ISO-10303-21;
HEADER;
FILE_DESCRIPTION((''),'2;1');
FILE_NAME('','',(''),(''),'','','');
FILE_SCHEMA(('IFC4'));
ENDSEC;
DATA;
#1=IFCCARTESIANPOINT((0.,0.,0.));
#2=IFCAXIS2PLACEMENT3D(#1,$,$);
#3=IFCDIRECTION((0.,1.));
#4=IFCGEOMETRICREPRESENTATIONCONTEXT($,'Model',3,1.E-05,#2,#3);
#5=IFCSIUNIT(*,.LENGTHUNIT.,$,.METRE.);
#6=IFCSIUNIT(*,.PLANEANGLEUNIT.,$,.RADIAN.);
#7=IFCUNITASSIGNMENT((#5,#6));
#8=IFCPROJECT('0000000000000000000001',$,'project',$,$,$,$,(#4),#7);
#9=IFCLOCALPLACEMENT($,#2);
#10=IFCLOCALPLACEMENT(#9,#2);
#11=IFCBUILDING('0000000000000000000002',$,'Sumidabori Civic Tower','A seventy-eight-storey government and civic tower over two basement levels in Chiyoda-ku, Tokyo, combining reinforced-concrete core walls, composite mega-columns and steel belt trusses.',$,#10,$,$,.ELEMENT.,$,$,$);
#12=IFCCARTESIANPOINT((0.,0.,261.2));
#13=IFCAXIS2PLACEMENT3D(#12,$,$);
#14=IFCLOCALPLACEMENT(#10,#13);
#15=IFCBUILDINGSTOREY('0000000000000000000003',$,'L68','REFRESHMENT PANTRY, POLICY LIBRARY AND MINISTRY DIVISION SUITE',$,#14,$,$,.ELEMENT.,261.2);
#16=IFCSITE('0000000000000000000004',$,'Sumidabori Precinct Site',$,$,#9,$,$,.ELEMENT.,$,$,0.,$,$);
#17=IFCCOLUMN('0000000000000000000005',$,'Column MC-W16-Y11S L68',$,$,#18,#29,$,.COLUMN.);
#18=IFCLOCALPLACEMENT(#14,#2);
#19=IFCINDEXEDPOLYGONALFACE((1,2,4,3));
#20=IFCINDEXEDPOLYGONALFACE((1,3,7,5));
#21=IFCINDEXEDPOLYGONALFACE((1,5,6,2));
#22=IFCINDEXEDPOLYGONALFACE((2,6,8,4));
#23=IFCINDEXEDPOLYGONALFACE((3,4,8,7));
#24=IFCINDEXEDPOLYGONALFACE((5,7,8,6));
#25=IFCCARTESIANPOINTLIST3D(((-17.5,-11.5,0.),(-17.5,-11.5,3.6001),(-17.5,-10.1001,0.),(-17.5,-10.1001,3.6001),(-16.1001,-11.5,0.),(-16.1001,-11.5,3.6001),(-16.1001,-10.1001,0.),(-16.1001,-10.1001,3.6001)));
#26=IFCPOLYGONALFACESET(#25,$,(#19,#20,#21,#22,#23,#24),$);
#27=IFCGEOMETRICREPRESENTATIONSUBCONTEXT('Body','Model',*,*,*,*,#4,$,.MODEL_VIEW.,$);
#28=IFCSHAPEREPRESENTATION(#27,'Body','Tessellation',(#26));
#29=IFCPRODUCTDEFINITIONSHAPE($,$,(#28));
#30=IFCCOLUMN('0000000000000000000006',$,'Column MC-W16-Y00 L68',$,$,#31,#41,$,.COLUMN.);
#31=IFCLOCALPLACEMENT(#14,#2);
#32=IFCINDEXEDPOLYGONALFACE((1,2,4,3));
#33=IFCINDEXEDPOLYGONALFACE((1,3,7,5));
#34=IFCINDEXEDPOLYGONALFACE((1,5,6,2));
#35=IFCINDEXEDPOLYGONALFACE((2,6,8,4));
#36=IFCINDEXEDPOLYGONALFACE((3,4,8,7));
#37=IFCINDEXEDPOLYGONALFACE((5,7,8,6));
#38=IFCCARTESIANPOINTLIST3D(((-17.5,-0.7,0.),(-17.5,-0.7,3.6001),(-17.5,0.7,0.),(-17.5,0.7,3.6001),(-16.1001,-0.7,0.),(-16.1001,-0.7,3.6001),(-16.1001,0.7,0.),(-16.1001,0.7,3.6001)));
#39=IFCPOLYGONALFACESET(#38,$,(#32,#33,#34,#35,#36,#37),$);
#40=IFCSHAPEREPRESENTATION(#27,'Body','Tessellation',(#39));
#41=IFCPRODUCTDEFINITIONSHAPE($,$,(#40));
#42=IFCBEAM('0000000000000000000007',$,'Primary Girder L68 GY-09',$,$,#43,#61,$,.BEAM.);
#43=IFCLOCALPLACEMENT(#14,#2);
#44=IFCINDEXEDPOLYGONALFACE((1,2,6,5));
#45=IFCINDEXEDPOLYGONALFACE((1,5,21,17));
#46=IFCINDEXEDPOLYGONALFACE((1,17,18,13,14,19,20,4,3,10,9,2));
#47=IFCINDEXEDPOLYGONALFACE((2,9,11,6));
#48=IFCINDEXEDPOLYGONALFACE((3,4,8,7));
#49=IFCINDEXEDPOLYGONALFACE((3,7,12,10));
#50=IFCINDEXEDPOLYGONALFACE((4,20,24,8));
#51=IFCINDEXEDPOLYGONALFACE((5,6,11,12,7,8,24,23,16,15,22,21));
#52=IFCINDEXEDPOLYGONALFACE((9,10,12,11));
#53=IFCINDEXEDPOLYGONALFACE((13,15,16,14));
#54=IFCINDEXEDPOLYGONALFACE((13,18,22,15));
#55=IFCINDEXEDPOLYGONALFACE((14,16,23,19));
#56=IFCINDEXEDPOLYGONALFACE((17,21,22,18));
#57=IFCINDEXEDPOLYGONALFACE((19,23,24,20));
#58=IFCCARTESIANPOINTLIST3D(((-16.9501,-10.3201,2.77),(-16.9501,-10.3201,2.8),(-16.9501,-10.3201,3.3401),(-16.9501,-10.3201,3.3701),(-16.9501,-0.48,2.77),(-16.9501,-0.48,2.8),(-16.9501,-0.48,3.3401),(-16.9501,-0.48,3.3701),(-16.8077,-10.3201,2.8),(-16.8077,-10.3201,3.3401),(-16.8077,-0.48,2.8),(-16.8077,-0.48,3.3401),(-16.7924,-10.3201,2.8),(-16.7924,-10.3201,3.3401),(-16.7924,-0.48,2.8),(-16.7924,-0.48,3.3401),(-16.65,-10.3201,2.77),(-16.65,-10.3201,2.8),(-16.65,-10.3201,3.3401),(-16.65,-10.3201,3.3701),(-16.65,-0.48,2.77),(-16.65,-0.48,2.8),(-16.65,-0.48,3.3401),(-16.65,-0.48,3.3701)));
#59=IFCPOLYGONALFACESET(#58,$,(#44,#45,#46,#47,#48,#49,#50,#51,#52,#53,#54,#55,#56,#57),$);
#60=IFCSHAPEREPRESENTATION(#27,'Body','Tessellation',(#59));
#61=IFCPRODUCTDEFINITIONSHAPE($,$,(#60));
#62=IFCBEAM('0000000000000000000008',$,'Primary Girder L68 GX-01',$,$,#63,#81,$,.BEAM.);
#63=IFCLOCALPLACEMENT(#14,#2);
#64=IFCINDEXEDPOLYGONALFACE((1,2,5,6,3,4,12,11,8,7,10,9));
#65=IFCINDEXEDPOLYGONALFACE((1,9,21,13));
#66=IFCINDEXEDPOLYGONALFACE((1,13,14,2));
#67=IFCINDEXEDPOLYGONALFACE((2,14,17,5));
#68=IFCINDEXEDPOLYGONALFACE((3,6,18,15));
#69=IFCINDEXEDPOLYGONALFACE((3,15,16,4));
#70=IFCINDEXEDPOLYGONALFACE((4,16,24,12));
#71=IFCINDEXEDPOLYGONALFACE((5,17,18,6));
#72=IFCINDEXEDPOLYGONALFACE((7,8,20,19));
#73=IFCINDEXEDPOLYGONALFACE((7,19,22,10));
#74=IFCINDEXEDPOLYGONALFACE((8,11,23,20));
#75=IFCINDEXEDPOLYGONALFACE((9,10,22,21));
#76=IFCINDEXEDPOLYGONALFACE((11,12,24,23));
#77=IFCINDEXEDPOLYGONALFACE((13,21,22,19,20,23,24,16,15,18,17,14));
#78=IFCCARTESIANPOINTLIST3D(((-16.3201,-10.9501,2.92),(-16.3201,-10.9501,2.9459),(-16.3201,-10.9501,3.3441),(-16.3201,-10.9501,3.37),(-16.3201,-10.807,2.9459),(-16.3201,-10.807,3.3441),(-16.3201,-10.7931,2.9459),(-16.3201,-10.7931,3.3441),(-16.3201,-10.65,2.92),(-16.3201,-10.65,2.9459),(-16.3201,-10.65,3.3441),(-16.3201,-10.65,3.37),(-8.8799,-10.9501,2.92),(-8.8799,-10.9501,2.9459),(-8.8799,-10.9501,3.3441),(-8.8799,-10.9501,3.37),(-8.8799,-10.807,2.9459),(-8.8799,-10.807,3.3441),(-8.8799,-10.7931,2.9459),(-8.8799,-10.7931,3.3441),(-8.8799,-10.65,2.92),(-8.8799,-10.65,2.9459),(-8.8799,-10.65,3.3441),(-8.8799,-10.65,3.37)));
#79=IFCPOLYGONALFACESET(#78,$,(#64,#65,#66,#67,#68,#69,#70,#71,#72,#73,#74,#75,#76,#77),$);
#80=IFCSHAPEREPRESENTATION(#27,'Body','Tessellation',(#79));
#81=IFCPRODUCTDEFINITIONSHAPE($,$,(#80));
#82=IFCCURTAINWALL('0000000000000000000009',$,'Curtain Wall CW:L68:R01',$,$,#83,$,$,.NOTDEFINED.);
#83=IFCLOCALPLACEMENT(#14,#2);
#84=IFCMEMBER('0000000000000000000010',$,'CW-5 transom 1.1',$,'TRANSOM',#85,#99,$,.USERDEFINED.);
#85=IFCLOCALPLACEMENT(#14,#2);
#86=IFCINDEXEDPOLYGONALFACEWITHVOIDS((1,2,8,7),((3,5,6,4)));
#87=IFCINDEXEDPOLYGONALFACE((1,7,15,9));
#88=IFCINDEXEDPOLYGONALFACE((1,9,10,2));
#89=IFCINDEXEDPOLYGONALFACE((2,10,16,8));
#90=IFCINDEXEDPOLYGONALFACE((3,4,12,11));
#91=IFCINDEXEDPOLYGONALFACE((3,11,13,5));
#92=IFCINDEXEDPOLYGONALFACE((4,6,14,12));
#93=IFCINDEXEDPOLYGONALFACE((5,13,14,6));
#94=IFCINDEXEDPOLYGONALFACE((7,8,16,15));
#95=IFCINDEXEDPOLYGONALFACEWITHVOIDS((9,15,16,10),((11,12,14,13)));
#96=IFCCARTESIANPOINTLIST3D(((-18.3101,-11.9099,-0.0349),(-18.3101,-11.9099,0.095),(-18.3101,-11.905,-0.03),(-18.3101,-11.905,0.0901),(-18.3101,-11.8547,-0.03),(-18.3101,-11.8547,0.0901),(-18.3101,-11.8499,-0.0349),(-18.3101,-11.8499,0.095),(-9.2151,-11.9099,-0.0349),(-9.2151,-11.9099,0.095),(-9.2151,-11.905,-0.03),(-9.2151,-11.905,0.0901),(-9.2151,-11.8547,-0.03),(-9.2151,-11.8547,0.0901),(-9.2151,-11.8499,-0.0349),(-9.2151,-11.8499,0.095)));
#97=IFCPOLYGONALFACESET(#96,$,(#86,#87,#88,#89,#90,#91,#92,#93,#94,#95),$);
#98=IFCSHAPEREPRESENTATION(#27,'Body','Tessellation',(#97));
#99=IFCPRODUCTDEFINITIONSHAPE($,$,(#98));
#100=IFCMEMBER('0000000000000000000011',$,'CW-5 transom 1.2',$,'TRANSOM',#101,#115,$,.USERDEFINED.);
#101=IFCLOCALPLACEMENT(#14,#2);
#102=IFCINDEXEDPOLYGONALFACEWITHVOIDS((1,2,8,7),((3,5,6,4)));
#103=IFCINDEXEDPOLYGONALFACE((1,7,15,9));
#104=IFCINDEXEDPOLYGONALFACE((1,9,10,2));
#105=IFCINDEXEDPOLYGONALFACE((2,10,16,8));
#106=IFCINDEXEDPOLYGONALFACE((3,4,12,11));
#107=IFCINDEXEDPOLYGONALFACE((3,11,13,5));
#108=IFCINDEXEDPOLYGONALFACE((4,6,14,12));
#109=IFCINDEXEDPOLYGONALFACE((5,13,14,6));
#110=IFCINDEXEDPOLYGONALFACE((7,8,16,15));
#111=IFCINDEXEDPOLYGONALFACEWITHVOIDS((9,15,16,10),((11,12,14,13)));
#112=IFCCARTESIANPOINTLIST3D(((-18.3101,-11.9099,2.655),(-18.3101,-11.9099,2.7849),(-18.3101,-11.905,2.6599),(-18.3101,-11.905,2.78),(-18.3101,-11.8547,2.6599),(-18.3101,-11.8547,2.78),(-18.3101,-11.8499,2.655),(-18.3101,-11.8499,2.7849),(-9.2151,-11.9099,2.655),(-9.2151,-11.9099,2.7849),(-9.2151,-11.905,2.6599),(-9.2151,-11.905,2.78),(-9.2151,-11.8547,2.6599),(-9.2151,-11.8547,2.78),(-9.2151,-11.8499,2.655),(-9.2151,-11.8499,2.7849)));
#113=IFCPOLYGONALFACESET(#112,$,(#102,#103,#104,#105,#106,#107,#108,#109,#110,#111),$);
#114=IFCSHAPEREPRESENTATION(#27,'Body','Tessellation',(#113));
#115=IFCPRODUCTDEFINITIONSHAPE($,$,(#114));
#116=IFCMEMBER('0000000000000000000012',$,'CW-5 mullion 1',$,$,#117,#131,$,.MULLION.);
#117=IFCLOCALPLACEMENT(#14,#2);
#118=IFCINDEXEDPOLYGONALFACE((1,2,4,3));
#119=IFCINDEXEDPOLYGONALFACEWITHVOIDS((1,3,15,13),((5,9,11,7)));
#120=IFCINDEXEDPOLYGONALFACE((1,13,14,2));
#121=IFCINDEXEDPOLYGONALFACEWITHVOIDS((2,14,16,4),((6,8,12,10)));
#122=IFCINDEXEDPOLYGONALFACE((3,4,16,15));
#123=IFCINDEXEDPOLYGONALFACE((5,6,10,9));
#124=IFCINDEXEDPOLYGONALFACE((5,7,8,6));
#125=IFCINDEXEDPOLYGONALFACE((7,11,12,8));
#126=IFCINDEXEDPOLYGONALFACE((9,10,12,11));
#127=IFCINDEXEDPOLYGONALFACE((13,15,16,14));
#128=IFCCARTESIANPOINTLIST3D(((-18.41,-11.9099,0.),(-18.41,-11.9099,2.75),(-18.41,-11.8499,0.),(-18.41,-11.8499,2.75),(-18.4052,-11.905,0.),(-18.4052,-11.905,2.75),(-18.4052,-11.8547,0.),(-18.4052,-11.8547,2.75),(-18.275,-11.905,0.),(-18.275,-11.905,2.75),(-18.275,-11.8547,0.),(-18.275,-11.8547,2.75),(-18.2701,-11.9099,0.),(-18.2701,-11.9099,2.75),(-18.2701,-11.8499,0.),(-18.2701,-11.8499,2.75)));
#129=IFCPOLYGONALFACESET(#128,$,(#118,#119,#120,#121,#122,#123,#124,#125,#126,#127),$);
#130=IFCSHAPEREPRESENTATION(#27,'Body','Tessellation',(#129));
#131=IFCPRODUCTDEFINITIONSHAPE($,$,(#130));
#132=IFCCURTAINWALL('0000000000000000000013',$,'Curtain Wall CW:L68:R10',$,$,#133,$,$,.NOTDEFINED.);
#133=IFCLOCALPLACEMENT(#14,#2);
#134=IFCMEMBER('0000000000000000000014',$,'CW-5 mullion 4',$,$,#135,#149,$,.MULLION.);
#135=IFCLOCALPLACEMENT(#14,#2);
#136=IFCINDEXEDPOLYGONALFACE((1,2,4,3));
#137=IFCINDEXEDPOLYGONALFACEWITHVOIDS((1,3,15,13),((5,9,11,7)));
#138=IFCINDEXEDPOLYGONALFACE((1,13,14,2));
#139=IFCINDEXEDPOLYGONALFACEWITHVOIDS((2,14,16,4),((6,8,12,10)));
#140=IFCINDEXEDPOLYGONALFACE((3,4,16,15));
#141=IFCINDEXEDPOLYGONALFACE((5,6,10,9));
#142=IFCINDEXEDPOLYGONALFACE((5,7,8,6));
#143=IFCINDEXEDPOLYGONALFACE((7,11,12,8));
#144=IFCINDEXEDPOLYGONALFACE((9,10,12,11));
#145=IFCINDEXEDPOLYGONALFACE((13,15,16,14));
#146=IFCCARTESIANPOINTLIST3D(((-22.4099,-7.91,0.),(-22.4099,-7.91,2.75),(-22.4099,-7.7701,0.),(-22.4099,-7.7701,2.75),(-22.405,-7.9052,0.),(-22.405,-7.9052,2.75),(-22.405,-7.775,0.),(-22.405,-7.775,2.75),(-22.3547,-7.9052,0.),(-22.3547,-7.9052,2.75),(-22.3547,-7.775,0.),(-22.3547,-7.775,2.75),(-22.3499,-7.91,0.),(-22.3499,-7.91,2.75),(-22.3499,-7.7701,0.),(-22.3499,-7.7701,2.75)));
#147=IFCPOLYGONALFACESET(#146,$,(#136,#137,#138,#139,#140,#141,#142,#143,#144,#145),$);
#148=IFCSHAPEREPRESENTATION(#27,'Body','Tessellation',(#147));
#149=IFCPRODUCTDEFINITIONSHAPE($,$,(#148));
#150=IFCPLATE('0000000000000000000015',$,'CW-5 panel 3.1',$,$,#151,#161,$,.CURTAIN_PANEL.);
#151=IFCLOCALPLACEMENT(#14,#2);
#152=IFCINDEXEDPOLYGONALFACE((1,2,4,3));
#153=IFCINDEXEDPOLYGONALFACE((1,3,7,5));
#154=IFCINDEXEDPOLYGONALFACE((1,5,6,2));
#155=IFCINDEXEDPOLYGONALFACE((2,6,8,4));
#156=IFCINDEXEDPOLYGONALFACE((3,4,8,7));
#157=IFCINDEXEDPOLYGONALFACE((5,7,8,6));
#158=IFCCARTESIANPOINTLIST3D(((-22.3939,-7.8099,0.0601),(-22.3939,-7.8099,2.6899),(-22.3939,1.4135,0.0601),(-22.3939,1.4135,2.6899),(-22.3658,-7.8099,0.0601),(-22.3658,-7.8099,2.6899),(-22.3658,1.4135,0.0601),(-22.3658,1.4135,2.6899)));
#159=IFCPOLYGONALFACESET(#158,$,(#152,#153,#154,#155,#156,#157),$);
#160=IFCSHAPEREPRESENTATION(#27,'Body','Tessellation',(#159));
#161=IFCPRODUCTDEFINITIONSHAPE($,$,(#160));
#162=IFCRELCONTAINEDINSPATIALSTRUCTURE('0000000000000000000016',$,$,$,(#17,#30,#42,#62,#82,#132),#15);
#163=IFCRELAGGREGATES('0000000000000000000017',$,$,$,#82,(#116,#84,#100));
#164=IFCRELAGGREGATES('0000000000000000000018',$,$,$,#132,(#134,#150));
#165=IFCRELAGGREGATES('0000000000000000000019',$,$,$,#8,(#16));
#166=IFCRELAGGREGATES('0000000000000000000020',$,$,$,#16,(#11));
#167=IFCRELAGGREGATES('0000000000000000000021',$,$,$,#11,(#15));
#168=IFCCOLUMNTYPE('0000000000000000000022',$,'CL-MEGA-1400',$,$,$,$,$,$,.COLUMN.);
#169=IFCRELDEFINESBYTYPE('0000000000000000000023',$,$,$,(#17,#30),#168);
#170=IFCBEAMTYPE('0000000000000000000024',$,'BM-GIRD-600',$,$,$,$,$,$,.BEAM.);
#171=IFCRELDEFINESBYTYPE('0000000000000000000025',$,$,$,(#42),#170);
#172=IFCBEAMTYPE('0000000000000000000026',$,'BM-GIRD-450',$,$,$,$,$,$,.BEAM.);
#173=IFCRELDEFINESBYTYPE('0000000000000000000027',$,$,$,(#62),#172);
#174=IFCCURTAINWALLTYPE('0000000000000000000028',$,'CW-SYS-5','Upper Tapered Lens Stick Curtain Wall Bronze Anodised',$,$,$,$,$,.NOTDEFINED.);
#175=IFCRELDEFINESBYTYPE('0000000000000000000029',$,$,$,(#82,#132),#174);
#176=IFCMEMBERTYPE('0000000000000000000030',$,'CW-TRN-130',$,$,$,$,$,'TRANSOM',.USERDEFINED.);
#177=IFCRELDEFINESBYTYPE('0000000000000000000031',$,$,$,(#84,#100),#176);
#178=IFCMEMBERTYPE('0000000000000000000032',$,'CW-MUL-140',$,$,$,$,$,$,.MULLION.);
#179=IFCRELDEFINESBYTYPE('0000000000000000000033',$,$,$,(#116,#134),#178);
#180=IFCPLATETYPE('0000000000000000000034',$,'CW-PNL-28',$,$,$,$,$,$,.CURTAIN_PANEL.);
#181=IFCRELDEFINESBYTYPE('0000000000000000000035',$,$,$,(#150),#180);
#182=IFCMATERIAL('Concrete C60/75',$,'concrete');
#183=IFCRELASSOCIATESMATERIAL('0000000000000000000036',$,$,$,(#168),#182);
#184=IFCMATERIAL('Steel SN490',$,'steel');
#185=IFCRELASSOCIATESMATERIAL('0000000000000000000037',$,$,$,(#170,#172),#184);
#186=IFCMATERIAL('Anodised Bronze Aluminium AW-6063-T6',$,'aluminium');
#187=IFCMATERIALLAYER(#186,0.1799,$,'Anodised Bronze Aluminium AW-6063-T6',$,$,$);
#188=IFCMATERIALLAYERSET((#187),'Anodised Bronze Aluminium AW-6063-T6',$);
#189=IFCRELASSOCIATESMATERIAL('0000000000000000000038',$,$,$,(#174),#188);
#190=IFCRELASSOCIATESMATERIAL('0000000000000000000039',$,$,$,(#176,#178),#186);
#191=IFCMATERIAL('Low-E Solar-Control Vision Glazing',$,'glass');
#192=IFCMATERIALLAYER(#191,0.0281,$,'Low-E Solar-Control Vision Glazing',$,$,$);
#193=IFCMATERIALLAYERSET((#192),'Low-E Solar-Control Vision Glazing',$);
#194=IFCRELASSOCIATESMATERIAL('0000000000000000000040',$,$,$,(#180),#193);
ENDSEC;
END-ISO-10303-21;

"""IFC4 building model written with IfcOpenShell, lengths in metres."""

from ifc_helpers import new_model, si_unit, direction, frame, origin, origin_2d, place, context, subcontext, project, spatial, rectangle, hollow_rectangle, i_section, extrude, source, transform, mapped, material, layer, layer_set, material_profile, profile_set, type_object, element, aggregate, save


model = new_model("IFC4")

# Units and contexts
model_context = context("Model", 3, precision=1e-05, world=origin(), true_north=direction((0.0, 1.0)))
body_context = subcontext(model_context, "Body", "Model", "MODEL_VIEW")
ifc_project = project(units=[si_unit("LENGTHUNIT", "METRE"), si_unit("PLANEANGLEUNIT", "RADIAN")], contexts=[model_context])

# Site, building, storey
site_placement = place(None, origin())
site = spatial("IfcSite", under=ifc_project, at=site_placement, Name="Sumidabori Precinct Site", CompositionType="ELEMENT", RefElevation=0.0)
building_placement = place(site_placement, origin())
building = spatial("IfcBuilding", under=site, at=building_placement, Name="Sumidabori Civic Tower", Description="A seventy-eight-storey government and civic tower over two basement levels in Chiyoda-ku, Tokyo, combining reinforced-concrete core walls, composite mega-columns and steel belt trusses.", CompositionType="ELEMENT")
storey_placement = place(building_placement, frame((0.0, 0.0, 261.2)))
storey = spatial("IfcBuildingStorey", under=building, at=storey_placement, Name="L68", Description="REFRESHMENT PANTRY, POLICY LIBRARY AND MINISTRY DIVISION SUITE", CompositionType="ELEMENT", Elevation=261.2)

# Columns
ifc_material_1 = material(Name="Concrete C60/75", Category="concrete")
ifc_material_profile_1 = material_profile(ifc_material_1, rectangle(XDim=1.3999, YDim=1.3999, at=origin_2d()), Name="RC 1400x1400")
ifc_profile_set_1 = profile_set([ifc_material_profile_1], Name="Concrete C60/75")
column_type = type_object("IfcColumnType", Name="CL-MEGA-1400", PredefinedType="COLUMN", material=ifc_profile_set_1)
shared_shape_1 = source(origin(), body_context, "Body", "SweptSolid", [
    extrude(rectangle(XDim=1.3999, YDim=1.3999, at=origin_2d()), origin(), (0.0, 0.0, 1.0), 3.6001),
])
for number, where, z_axis, x_axis, name in (
    (1, (-16.8, -10.8, 0.0), (0.0, 0.0, 1.0), (1.0, 0.0, 0.0), "Column MC-W16-Y11S L68"),
    (2, (-16.8, 0.0, 0.0), (0.0, 0.0, 1.0), (1.0, 0.0, 0.0), "Column MC-W16-Y00 L68"),
):
    element("IfcColumn", number, at=place(storey_placement, frame(where, z_axis=z_axis, x_axis=x_axis)), inside=storey, type_object=column_type, Name=name, PredefinedType="COLUMN", context=body_context, shape_type="MappedRepresentation", body=[
        mapped(shared_shape_1, transform((0.0, 0.0, 0.0), x_axis=(1.0, 0.0, 0.0), y_axis=(0.0, 1.0, 0.0), z_axis=(0.0, 0.0, 1.0), scale=1.0)),
    ])

# Beams
ifc_material_2 = material(Name="Steel SN490", Category="steel")
ifc_material_profile_2 = material_profile(ifc_material_2, i_section(OverallWidth=0.3, OverallDepth=0.6001, WebThickness=0.0154, FlangeThickness=0.03, at=origin_2d()), Name="HE 600 B")
ifc_profile_set_2 = profile_set([ifc_material_profile_2], Name="Steel SN490")
beam_type_1 = type_object("IfcBeamType", Name="BM-GIRD-600", PredefinedType="BEAM", material=ifc_profile_set_2)
shared_shape_2 = source(origin(), body_context, "Body", "SweptSolid", [
    extrude(i_section(OverallWidth=0.3, OverallDepth=0.6001, WebThickness=0.0154, FlangeThickness=0.03, at=origin_2d()), origin(), (0.0, 0.0, 1.0), 9.8401),
])
beam_1_placement = place(storey_placement, frame((-16.8, -10.3201, 3.0701), z_axis=(0.0, 1.0, 0.0), x_axis=(-1.0, 0.0, 0.0)))
element("IfcBeam", 3, at=beam_1_placement, inside=storey, type_object=beam_type_1, Name="Primary Girder L68 GY-09", PredefinedType="BEAM", context=body_context, shape_type="MappedRepresentation", body=[
    mapped(shared_shape_2, transform((0.0, 0.0, 0.0), x_axis=(1.0, 0.0, 0.0), y_axis=(0.0, 1.0, 0.0), z_axis=(0.0, 0.0, 1.0), scale=1.0)),
])
ifc_material_profile_3 = material_profile(ifc_material_2, i_section(OverallWidth=0.3, OverallDepth=0.45, WebThickness=0.0139, FlangeThickness=0.0259, at=origin_2d()), Name="HE 450 B")
ifc_profile_set_3 = profile_set([ifc_material_profile_3], Name="Steel SN490")
beam_type_2 = type_object("IfcBeamType", Name="BM-GIRD-450", PredefinedType="BEAM", material=ifc_profile_set_3)
shared_shape_3 = source(origin(), body_context, "Body", "SweptSolid", [
    extrude(i_section(OverallWidth=0.3, OverallDepth=0.45, WebThickness=0.0139, FlangeThickness=0.0259, at=origin_2d()), origin(), (0.0, 0.0, 1.0), 7.4402),
])
beam_2_placement = place(storey_placement, frame((-16.3201, -10.8, 3.145), z_axis=(1.0, 0.0, 0.0), x_axis=(0.0, 1.0, 0.0)))
element("IfcBeam", 4, at=beam_2_placement, inside=storey, type_object=beam_type_2, Name="Primary Girder L68 GX-01", PredefinedType="BEAM", context=body_context, shape_type="MappedRepresentation", body=[
    mapped(shared_shape_3, transform((0.0, 0.0, 0.0), x_axis=(1.0, 0.0, 0.0), y_axis=(0.0, 1.0, 0.0), z_axis=(0.0, 0.0, 1.0), scale=1.0)),
])

# Curtain wall, members
ifc_material_3 = material(Name="Anodised Bronze Aluminium AW-6063-T6", Category="aluminium")
ifc_layer_1 = layer(ifc_material_3, 0.1799, Name="Anodised Bronze Aluminium AW-6063-T6")
ifc_layer_set_1 = layer_set([ifc_layer_1], Name="Anodised Bronze Aluminium AW-6063-T6")
curtain_wall_type = type_object("IfcCurtainWallType", Name="CW-SYS-5", Description="Upper Tapered Lens Stick Curtain Wall Bronze Anodised", PredefinedType="NOTDEFINED", material=ifc_layer_set_1)
curtain_wall_1_placement = place(storey_placement, origin())
curtain_wall_1 = element("IfcCurtainWall", 5, at=curtain_wall_1_placement, inside=storey, type_object=curtain_wall_type, Name="Curtain Wall CW:L68:R01", PredefinedType="NOTDEFINED")
ifc_material_profile_4 = material_profile(ifc_material_3, hollow_rectangle(XDim=0.0601, YDim=0.1299, WallThickness=0.0049, at=origin_2d()), Name="ALU TRANSOM 130x60")
ifc_profile_set_4 = profile_set([ifc_material_profile_4], Name="Anodised Bronze Aluminium AW-6063-T6")
member_type_1 = type_object("IfcMemberType", Name="CW-TRN-130", ElementType="TRANSOM", PredefinedType="USERDEFINED", material=ifc_profile_set_4)
shared_shape_4 = source(origin(), body_context, "Body", "SweptSolid", [
    extrude(hollow_rectangle(XDim=0.0601, YDim=0.1299, WallThickness=0.0049, at=origin_2d()), origin(), (0.0, 0.0, 1.0), 9.095),
])
member_1_placement = place(storey_placement, frame((-18.3101, -11.8799, 0.03), z_axis=(1.0, 0.0, 0.0), x_axis=(0.0, 1.0, 0.0)))
member_1 = element("IfcMember", 6, at=member_1_placement, type_object=member_type_1, Name="CW-5 transom 1.1", ObjectType="TRANSOM", PredefinedType="USERDEFINED", context=body_context, shape_type="MappedRepresentation", body=[
    mapped(shared_shape_4, transform((0.0, 0.0, 0.0), x_axis=(1.0, 0.0, 0.0), y_axis=(0.0, 1.0, 0.0), z_axis=(0.0, 0.0, 1.0), scale=1.0)),
])
member_2_placement = place(storey_placement, frame((-18.3101, -11.8799, 2.72), z_axis=(1.0, 0.0, 0.0), x_axis=(0.0, 1.0, 0.0)))
member_2 = element("IfcMember", 7, at=member_2_placement, type_object=member_type_1, Name="CW-5 transom 1.2", ObjectType="TRANSOM", PredefinedType="USERDEFINED", context=body_context, shape_type="MappedRepresentation", body=[
    mapped(shared_shape_4, transform((0.0, 0.0, 0.0), x_axis=(1.0, 0.0, 0.0), y_axis=(0.0, 1.0, 0.0), z_axis=(0.0, 0.0, 1.0), scale=1.0)),
])
ifc_material_profile_5 = material_profile(ifc_material_3, hollow_rectangle(XDim=0.0601, YDim=0.1399, WallThickness=0.0049, at=origin_2d()), Name="ALU MULLION 140x60")
ifc_profile_set_5 = profile_set([ifc_material_profile_5], Name="Anodised Bronze Aluminium AW-6063-T6")
member_type_2 = type_object("IfcMemberType", Name="CW-MUL-140", PredefinedType="MULLION", material=ifc_profile_set_5)
shared_shape_5 = source(origin(), body_context, "Body", "SweptSolid", [
    extrude(hollow_rectangle(XDim=0.0601, YDim=0.1399, WallThickness=0.0049, at=origin_2d()), origin(), (0.0, 0.0, 1.0), 2.75),
])
member_3_placement = place(storey_placement, frame((-18.3401, -11.8799, 0.0), z_axis=(0.0, 0.0, 1.0), x_axis=(0.0, 1.0, 0.0)))
member_3 = element("IfcMember", 8, at=member_3_placement, type_object=member_type_2, Name="CW-5 mullion 1", PredefinedType="MULLION", context=body_context, shape_type="MappedRepresentation", body=[
    mapped(shared_shape_5, transform((0.0, 0.0, 0.0), x_axis=(1.0, 0.0, 0.0), y_axis=(0.0, 1.0, 0.0), z_axis=(0.0, 0.0, 1.0), scale=1.0)),
])
aggregate(curtain_wall_1, [member_3, member_1, member_2])

# Curtain wall, member, plate
curtain_wall_2_placement = place(storey_placement, origin())
curtain_wall_2 = element("IfcCurtainWall", 9, at=curtain_wall_2_placement, inside=storey, type_object=curtain_wall_type, Name="Curtain Wall CW:L68:R10", PredefinedType="NOTDEFINED")
member_4_placement = place(storey_placement, frame((-22.3799, -7.8401, 0.0), z_axis=(0.0, 0.0, 1.0), x_axis=(1.0, 0.0, 0.0)))
member_4 = element("IfcMember", 10, at=member_4_placement, type_object=member_type_2, Name="CW-5 mullion 4", PredefinedType="MULLION", context=body_context, shape_type="MappedRepresentation", body=[
    mapped(shared_shape_5, transform((0.0, 0.0, 0.0), x_axis=(1.0, 0.0, 0.0), y_axis=(0.0, 1.0, 0.0), z_axis=(0.0, 0.0, 1.0), scale=1.0)),
])
ifc_material_4 = material(Name="Low-E Solar-Control Vision Glazing", Category="glass")
ifc_layer_2 = layer(ifc_material_4, 0.0281, Name="Low-E Solar-Control Vision Glazing")
ifc_layer_set_2 = layer_set([ifc_layer_2], Name="Low-E Solar-Control Vision Glazing")
plate_type = type_object("IfcPlateType", Name="CW-PNL-28", PredefinedType="CURTAIN_PANEL", material=ifc_layer_set_2)
shared_shape_6 = source(origin(), body_context, "Body", "SweptSolid", [
    extrude(rectangle(XDim=9.2234, YDim=0.0281, at=origin_2d()), origin(), (0.0, 0.0, 1.0), 2.6299),
])
plate_placement = place(storey_placement, frame((-22.3799, -3.1982, 0.0601), z_axis=(0.0, 0.0, 1.0), x_axis=(0.0, -1.0, 0.0)))
plate = element("IfcPlate", 11, at=plate_placement, type_object=plate_type, Name="CW-5 panel 3.1", PredefinedType="CURTAIN_PANEL", context=body_context, shape_type="MappedRepresentation", body=[
    mapped(shared_shape_6, transform((0.0, 0.0, 0.0), x_axis=(1.0, 0.0, 0.0), y_axis=(0.0, 1.0, 0.0), z_axis=(0.0, 0.0, 1.0), scale=1.0)),
])
aggregate(curtain_wall_2, [member_4, plate])

save(model, "model.ifc")
